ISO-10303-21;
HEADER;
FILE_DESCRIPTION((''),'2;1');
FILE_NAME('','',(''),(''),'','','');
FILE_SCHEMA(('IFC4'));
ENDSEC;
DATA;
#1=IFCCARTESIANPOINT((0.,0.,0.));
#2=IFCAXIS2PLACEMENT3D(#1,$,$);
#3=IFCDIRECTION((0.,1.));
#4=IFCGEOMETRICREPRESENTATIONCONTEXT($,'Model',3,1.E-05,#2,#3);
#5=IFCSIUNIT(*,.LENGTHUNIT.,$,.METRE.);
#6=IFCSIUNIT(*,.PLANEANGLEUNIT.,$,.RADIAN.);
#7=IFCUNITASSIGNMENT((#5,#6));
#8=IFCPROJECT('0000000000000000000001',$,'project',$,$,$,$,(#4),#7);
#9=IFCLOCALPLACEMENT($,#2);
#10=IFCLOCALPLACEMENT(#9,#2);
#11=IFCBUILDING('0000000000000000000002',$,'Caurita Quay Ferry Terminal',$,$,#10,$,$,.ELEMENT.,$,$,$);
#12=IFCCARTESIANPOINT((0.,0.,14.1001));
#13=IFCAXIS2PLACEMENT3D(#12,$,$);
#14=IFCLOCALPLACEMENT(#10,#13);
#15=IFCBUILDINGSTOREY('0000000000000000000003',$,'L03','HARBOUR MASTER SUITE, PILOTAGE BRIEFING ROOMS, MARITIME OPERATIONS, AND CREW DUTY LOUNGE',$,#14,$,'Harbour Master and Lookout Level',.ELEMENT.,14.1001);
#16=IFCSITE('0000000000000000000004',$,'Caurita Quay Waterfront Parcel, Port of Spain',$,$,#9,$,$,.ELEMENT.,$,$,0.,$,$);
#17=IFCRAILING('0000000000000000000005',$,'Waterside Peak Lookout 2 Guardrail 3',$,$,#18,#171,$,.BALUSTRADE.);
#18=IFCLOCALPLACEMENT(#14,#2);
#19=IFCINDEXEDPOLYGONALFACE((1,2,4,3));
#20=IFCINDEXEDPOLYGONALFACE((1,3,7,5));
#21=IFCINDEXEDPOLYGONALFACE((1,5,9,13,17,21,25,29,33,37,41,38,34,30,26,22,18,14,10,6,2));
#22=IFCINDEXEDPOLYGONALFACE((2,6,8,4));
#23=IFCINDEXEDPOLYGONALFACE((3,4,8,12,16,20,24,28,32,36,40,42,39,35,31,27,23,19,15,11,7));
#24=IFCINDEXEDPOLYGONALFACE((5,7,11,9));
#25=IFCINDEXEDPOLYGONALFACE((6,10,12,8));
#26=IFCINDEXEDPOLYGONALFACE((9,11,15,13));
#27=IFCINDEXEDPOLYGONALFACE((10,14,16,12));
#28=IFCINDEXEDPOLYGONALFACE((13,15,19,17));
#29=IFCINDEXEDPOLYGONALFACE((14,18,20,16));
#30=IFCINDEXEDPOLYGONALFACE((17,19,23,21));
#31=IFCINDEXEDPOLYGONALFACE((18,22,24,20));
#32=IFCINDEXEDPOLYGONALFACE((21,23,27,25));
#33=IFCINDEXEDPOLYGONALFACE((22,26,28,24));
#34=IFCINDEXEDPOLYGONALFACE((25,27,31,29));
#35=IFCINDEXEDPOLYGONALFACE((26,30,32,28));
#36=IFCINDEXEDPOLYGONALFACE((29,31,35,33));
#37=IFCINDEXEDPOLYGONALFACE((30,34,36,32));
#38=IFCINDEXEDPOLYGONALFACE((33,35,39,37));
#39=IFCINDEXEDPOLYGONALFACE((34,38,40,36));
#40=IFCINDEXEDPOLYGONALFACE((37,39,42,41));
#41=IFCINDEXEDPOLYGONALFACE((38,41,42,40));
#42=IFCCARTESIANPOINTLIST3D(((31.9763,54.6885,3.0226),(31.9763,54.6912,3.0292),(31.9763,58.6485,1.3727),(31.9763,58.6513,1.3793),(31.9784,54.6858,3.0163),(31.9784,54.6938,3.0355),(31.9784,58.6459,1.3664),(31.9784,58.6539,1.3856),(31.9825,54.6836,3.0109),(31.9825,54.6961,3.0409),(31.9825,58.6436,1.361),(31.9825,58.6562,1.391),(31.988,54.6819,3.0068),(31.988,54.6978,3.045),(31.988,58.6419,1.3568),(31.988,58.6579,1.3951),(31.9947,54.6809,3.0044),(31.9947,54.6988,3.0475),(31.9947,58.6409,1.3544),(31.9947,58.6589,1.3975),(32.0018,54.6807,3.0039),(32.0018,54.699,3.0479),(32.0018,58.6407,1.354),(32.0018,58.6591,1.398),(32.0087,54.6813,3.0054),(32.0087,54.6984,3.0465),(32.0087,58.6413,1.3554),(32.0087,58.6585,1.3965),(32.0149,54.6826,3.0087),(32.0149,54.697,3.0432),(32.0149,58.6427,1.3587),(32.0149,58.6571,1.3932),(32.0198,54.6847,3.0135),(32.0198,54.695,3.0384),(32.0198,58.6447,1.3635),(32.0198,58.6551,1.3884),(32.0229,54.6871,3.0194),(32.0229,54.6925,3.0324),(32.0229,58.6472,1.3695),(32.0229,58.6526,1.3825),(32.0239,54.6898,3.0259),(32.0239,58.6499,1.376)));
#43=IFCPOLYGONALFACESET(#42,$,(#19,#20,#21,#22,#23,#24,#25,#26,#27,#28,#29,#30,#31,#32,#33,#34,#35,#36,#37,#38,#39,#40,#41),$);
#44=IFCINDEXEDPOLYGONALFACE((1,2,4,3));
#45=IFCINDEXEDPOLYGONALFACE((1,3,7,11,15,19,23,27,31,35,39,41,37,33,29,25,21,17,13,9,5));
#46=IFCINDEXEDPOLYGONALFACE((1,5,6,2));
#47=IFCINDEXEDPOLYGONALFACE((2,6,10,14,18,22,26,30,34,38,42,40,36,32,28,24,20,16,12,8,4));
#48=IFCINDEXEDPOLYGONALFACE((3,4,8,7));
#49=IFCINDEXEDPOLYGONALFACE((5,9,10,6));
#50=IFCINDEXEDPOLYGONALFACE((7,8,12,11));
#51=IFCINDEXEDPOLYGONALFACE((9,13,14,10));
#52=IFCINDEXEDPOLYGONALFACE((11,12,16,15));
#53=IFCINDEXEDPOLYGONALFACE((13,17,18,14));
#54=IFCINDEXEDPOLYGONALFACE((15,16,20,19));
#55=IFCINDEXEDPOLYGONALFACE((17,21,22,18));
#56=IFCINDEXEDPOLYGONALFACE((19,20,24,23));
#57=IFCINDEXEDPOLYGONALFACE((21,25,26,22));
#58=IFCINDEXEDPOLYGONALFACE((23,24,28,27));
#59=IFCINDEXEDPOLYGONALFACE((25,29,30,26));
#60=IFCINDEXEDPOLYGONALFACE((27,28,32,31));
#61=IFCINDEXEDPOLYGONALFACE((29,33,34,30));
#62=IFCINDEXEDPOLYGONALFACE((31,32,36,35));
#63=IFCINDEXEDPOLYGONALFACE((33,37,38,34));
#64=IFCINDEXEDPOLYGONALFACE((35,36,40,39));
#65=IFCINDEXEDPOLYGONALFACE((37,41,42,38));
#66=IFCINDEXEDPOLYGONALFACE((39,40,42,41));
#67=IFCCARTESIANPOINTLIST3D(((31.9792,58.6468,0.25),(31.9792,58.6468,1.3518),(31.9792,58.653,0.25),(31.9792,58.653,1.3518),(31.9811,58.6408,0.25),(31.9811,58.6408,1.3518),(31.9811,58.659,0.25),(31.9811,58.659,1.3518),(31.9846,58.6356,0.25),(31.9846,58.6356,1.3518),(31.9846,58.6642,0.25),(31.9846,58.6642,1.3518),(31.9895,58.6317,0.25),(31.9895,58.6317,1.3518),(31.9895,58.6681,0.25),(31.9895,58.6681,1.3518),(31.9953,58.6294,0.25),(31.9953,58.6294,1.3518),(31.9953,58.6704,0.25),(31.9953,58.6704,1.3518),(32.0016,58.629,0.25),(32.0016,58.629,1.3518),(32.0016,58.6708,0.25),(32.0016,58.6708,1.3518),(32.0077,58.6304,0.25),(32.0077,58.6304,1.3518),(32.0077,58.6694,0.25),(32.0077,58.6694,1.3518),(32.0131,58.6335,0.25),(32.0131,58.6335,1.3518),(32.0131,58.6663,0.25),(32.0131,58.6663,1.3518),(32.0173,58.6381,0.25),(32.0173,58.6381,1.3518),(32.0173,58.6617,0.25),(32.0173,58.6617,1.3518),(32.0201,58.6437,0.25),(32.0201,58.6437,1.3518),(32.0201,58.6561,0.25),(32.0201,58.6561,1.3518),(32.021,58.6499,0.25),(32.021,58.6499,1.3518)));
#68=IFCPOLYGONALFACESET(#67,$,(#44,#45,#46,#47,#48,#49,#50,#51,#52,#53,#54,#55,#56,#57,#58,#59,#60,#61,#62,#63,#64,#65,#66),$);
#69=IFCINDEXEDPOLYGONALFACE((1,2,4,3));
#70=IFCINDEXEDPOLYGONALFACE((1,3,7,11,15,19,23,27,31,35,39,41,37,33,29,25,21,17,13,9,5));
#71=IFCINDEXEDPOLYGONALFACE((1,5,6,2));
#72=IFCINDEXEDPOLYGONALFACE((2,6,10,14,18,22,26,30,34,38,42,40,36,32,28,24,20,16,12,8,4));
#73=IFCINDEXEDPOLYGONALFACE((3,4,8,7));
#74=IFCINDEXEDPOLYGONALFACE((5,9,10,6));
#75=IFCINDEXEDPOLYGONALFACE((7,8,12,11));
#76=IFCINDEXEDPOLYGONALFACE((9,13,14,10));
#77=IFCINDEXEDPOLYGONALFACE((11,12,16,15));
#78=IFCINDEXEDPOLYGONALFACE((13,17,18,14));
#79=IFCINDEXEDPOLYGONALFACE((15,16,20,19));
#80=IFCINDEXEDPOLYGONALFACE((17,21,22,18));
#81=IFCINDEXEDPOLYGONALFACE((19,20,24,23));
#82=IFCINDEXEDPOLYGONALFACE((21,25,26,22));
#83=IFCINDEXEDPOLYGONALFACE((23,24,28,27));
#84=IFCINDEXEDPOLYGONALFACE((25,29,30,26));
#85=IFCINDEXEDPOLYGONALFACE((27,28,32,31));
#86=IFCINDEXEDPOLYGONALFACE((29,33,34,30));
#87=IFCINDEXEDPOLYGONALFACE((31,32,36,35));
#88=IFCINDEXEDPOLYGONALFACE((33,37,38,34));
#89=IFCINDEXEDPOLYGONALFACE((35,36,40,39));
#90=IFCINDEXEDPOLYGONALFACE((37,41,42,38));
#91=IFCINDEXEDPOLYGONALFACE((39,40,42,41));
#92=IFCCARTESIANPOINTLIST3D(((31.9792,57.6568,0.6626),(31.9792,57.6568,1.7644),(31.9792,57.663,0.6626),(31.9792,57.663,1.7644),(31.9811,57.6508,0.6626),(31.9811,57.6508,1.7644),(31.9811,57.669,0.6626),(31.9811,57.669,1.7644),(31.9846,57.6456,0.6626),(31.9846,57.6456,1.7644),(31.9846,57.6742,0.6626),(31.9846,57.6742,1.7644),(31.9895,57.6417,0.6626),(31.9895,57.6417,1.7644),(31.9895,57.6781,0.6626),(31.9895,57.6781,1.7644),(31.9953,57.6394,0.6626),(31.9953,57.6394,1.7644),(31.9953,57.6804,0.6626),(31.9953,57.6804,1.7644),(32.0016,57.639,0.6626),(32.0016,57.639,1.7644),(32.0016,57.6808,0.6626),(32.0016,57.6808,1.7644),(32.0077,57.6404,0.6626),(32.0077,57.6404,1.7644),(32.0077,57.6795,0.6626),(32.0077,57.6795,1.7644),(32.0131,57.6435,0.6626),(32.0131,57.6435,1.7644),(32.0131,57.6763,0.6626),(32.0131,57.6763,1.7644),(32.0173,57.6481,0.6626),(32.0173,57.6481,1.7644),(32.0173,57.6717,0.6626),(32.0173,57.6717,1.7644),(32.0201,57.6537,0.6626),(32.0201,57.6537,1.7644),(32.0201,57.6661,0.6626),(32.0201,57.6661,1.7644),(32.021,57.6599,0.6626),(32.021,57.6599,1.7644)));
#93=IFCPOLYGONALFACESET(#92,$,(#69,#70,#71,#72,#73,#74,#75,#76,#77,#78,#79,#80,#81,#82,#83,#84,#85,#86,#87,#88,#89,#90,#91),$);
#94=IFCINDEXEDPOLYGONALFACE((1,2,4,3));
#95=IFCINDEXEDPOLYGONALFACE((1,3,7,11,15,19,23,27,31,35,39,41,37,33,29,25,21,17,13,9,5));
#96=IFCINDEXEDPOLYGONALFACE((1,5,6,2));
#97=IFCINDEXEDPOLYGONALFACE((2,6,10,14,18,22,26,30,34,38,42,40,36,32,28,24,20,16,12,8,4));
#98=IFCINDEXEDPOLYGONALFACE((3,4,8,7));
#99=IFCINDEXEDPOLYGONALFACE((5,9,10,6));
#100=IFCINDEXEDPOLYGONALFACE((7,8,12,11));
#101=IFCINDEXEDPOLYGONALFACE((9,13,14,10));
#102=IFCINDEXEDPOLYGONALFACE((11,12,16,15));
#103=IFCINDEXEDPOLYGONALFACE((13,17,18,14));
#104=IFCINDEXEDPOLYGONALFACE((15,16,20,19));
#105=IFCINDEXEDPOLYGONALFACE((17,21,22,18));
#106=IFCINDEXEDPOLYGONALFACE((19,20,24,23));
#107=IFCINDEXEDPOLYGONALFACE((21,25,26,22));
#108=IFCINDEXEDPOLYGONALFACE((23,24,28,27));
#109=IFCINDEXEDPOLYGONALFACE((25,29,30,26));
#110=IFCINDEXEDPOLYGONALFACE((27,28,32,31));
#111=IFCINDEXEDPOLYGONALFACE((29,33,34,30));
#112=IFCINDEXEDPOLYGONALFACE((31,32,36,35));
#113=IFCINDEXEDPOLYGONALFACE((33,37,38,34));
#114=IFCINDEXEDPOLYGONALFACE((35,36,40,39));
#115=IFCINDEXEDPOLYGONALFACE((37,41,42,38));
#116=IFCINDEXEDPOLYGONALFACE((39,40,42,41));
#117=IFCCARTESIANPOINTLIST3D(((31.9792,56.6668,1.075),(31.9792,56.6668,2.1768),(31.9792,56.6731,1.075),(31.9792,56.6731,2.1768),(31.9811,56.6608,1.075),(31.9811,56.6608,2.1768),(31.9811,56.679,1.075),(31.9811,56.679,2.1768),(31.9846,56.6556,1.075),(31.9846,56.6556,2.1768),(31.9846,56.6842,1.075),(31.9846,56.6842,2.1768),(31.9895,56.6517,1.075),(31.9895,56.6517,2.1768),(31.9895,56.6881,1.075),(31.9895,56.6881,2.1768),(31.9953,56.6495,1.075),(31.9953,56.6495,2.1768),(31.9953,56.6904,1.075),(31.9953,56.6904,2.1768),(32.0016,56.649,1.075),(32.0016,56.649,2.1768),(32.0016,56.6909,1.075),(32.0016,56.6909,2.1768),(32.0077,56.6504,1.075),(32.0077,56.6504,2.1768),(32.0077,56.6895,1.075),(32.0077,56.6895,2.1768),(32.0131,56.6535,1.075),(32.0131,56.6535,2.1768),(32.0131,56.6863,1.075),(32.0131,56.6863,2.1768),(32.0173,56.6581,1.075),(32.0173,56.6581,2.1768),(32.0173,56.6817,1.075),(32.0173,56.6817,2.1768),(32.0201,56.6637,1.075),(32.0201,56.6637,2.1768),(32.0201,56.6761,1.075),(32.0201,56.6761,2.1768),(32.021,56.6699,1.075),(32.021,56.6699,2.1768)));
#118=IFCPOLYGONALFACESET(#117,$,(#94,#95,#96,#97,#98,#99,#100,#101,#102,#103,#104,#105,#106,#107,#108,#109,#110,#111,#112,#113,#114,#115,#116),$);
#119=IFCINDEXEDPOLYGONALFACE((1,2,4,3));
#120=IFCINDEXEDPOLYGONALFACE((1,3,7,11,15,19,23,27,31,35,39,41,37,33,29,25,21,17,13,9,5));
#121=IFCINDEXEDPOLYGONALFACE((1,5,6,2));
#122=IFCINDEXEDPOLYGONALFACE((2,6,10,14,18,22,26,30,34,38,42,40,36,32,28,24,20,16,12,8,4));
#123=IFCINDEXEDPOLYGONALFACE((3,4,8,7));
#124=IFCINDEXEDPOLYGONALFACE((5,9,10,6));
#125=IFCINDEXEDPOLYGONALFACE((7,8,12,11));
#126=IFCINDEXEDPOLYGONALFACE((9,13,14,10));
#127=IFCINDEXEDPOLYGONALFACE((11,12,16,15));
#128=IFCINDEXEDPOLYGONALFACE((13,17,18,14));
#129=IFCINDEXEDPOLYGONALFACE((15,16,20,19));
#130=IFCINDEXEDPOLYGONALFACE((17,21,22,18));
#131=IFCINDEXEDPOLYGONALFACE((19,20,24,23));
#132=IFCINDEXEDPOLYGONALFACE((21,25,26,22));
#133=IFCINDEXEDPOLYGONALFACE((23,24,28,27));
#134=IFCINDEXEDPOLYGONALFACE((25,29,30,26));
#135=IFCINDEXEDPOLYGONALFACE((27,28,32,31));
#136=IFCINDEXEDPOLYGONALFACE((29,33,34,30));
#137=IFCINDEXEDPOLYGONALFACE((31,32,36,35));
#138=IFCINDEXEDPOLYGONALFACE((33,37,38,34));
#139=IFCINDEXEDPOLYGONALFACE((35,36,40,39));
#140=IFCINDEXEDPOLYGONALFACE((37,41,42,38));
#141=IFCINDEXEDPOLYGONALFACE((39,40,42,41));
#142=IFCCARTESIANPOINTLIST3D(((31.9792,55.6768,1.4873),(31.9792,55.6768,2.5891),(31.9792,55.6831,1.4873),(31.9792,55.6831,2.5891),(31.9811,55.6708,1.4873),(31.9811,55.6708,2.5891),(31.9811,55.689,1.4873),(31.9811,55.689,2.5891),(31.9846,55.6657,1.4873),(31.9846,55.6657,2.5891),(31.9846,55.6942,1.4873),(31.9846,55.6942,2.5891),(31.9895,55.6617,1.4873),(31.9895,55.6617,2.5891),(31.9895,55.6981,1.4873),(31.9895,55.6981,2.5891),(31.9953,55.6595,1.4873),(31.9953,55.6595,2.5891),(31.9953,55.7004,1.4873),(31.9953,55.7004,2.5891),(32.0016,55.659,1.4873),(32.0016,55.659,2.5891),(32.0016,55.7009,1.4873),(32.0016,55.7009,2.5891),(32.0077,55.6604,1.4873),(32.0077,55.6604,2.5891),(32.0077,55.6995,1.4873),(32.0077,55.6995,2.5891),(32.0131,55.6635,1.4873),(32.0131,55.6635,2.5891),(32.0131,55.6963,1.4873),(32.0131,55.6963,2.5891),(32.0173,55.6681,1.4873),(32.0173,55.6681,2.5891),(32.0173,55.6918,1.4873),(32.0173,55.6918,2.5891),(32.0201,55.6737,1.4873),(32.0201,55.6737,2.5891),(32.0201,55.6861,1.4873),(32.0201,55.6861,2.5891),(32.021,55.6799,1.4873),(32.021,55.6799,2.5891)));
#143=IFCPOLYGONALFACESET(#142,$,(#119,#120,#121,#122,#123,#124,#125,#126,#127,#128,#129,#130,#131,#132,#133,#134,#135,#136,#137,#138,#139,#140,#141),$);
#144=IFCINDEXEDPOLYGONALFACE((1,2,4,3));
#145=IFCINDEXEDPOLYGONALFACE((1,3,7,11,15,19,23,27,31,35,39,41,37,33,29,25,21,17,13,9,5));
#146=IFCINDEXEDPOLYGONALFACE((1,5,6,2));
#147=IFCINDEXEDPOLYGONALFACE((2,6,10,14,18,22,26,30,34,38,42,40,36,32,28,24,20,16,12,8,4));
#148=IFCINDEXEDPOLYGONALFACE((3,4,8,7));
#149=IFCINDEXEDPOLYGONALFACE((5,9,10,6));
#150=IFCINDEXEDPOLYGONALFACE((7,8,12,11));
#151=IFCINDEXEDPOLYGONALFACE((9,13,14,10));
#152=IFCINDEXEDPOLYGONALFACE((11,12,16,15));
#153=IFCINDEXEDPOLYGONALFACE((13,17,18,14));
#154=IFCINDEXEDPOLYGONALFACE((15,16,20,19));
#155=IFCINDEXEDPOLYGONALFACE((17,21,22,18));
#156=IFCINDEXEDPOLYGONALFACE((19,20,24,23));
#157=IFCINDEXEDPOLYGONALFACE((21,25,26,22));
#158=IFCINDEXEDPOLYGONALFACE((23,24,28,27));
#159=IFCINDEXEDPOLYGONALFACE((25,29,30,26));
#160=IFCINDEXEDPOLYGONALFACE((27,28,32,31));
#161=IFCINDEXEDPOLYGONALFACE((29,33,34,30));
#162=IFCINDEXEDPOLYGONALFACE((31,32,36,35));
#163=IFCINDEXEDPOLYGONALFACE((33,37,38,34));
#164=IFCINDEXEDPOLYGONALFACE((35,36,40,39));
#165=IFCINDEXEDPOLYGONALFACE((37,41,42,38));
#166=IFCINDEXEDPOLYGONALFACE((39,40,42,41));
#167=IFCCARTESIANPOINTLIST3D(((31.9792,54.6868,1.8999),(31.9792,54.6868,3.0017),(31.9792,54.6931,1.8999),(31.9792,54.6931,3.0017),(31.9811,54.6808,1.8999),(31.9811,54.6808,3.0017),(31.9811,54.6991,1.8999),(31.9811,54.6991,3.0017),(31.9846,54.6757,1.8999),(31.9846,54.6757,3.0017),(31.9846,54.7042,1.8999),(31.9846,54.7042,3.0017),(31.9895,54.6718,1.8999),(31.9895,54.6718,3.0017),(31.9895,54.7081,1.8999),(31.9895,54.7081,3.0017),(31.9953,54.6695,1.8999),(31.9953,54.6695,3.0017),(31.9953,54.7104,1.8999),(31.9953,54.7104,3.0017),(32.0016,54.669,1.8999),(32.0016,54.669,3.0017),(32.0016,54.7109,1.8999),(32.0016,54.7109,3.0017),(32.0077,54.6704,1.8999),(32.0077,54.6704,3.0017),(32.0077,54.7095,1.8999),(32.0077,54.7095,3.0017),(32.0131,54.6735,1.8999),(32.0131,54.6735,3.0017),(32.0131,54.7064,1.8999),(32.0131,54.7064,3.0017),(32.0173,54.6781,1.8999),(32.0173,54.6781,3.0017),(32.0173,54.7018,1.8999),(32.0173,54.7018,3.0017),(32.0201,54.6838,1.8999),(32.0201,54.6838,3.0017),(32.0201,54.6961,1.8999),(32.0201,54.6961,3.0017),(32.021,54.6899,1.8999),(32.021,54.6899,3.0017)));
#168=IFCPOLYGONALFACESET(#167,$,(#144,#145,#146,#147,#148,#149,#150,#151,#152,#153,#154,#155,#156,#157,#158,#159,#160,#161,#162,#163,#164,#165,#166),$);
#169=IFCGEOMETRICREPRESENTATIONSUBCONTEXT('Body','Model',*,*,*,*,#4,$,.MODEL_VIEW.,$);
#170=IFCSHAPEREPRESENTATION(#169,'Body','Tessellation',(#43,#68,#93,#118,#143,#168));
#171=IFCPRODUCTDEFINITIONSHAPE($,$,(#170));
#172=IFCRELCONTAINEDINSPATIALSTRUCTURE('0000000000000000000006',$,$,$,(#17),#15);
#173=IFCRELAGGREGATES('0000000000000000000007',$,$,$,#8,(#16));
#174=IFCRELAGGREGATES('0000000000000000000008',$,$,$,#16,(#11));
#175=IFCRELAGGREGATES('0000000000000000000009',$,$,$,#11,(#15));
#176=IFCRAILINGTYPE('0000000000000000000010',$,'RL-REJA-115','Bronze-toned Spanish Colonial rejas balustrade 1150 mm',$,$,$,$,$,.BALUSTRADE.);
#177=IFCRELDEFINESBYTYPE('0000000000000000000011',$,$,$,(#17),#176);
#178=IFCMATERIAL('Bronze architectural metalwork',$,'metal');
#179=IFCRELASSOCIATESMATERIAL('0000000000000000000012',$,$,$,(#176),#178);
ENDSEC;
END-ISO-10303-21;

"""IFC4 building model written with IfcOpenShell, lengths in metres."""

from ifc_helpers import new_model, si_unit, direction, frame, origin, origin_2d, place, context, subcontext, project, spatial, circle, extrude, material, type_object, element, save


model = new_model("IFC4")

# Units and contexts
model_context = context("Model", 3, precision=1e-05, world=origin(), true_north=direction((0.0, 1.0)))
body_context = subcontext(model_context, "Body", "Model", "MODEL_VIEW")
ifc_project = project(units=[si_unit("LENGTHUNIT", "METRE"), si_unit("PLANEANGLEUNIT", "RADIAN")], contexts=[model_context])

# Site, building, storey
site_placement = place(None, origin())
site = spatial("IfcSite", under=ifc_project, at=site_placement, Name="Caurita Quay Waterfront Parcel, Port of Spain", CompositionType="ELEMENT", RefElevation=0.0)
building_placement = place(site_placement, origin())
building = spatial("IfcBuilding", under=site, at=building_placement, Name="Caurita Quay Ferry Terminal", CompositionType="ELEMENT")
storey_placement = place(building_placement, frame((0.0, 0.0, 14.1001)))
storey = spatial("IfcBuildingStorey", under=building, at=storey_placement, Name="L03", Description="HARBOUR MASTER SUITE, PILOTAGE BRIEFING ROOMS, MARITIME OPERATIONS, AND CREW DUTY LOUNGE", LongName="Harbour Master and Lookout Level", CompositionType="ELEMENT", Elevation=14.1001)

# Railing
ifc_material_1 = material(Name="Bronze architectural metalwork", Category="metal")
railing_type_1 = type_object("IfcRailingType", Name="RL-REJA-115", Description="Bronze-toned Spanish Colonial rejas balustrade 1150 mm", PredefinedType="BALUSTRADE", material=ifc_material_1)
for number, where, name in (
    (1, (32.0, 58.6499, 0.25), "Waterside Peak Lookout 2 Guardrail 3"),
):
    element("IfcRailing", number, at=place(storey_placement, frame(where)), inside=storey, type_object=railing_type_1, Name=name, PredefinedType="BALUSTRADE", context=body_context, shape_type="SweptSolid", body=[
        extrude(circle(Radius=0.0239, at=origin_2d()), frame((0.0, 0.0, 1.126), z_axis=(0.0, -0.923084, 0.384599), x_axis=(1.0, 0.0, 0.0)), (0.0, 0.0, 1.0), 4.29),
        extrude(circle(Radius=0.021, at=origin_2d()), origin(), (0.0, 0.0, 1.0), 1.1018),
        extrude(circle(Radius=0.021, at=origin_2d()), frame((0.0, -0.99, 0.4126)), (0.0, 0.0, 1.0), 1.1018),
        extrude(circle(Radius=0.021, at=origin_2d()), frame((0.0, -1.98, 0.825)), (0.0, 0.0, 1.0), 1.1018),
        extrude(circle(Radius=0.021, at=origin_2d()), frame((0.0, -2.97, 1.2373)), (0.0, 0.0, 1.0), 1.1018),
        extrude(circle(Radius=0.021, at=origin_2d()), frame((0.0, -3.96, 1.6499)), (0.0, 0.0, 1.0), 1.1018),
    ])

save(model, "model.ifc")
